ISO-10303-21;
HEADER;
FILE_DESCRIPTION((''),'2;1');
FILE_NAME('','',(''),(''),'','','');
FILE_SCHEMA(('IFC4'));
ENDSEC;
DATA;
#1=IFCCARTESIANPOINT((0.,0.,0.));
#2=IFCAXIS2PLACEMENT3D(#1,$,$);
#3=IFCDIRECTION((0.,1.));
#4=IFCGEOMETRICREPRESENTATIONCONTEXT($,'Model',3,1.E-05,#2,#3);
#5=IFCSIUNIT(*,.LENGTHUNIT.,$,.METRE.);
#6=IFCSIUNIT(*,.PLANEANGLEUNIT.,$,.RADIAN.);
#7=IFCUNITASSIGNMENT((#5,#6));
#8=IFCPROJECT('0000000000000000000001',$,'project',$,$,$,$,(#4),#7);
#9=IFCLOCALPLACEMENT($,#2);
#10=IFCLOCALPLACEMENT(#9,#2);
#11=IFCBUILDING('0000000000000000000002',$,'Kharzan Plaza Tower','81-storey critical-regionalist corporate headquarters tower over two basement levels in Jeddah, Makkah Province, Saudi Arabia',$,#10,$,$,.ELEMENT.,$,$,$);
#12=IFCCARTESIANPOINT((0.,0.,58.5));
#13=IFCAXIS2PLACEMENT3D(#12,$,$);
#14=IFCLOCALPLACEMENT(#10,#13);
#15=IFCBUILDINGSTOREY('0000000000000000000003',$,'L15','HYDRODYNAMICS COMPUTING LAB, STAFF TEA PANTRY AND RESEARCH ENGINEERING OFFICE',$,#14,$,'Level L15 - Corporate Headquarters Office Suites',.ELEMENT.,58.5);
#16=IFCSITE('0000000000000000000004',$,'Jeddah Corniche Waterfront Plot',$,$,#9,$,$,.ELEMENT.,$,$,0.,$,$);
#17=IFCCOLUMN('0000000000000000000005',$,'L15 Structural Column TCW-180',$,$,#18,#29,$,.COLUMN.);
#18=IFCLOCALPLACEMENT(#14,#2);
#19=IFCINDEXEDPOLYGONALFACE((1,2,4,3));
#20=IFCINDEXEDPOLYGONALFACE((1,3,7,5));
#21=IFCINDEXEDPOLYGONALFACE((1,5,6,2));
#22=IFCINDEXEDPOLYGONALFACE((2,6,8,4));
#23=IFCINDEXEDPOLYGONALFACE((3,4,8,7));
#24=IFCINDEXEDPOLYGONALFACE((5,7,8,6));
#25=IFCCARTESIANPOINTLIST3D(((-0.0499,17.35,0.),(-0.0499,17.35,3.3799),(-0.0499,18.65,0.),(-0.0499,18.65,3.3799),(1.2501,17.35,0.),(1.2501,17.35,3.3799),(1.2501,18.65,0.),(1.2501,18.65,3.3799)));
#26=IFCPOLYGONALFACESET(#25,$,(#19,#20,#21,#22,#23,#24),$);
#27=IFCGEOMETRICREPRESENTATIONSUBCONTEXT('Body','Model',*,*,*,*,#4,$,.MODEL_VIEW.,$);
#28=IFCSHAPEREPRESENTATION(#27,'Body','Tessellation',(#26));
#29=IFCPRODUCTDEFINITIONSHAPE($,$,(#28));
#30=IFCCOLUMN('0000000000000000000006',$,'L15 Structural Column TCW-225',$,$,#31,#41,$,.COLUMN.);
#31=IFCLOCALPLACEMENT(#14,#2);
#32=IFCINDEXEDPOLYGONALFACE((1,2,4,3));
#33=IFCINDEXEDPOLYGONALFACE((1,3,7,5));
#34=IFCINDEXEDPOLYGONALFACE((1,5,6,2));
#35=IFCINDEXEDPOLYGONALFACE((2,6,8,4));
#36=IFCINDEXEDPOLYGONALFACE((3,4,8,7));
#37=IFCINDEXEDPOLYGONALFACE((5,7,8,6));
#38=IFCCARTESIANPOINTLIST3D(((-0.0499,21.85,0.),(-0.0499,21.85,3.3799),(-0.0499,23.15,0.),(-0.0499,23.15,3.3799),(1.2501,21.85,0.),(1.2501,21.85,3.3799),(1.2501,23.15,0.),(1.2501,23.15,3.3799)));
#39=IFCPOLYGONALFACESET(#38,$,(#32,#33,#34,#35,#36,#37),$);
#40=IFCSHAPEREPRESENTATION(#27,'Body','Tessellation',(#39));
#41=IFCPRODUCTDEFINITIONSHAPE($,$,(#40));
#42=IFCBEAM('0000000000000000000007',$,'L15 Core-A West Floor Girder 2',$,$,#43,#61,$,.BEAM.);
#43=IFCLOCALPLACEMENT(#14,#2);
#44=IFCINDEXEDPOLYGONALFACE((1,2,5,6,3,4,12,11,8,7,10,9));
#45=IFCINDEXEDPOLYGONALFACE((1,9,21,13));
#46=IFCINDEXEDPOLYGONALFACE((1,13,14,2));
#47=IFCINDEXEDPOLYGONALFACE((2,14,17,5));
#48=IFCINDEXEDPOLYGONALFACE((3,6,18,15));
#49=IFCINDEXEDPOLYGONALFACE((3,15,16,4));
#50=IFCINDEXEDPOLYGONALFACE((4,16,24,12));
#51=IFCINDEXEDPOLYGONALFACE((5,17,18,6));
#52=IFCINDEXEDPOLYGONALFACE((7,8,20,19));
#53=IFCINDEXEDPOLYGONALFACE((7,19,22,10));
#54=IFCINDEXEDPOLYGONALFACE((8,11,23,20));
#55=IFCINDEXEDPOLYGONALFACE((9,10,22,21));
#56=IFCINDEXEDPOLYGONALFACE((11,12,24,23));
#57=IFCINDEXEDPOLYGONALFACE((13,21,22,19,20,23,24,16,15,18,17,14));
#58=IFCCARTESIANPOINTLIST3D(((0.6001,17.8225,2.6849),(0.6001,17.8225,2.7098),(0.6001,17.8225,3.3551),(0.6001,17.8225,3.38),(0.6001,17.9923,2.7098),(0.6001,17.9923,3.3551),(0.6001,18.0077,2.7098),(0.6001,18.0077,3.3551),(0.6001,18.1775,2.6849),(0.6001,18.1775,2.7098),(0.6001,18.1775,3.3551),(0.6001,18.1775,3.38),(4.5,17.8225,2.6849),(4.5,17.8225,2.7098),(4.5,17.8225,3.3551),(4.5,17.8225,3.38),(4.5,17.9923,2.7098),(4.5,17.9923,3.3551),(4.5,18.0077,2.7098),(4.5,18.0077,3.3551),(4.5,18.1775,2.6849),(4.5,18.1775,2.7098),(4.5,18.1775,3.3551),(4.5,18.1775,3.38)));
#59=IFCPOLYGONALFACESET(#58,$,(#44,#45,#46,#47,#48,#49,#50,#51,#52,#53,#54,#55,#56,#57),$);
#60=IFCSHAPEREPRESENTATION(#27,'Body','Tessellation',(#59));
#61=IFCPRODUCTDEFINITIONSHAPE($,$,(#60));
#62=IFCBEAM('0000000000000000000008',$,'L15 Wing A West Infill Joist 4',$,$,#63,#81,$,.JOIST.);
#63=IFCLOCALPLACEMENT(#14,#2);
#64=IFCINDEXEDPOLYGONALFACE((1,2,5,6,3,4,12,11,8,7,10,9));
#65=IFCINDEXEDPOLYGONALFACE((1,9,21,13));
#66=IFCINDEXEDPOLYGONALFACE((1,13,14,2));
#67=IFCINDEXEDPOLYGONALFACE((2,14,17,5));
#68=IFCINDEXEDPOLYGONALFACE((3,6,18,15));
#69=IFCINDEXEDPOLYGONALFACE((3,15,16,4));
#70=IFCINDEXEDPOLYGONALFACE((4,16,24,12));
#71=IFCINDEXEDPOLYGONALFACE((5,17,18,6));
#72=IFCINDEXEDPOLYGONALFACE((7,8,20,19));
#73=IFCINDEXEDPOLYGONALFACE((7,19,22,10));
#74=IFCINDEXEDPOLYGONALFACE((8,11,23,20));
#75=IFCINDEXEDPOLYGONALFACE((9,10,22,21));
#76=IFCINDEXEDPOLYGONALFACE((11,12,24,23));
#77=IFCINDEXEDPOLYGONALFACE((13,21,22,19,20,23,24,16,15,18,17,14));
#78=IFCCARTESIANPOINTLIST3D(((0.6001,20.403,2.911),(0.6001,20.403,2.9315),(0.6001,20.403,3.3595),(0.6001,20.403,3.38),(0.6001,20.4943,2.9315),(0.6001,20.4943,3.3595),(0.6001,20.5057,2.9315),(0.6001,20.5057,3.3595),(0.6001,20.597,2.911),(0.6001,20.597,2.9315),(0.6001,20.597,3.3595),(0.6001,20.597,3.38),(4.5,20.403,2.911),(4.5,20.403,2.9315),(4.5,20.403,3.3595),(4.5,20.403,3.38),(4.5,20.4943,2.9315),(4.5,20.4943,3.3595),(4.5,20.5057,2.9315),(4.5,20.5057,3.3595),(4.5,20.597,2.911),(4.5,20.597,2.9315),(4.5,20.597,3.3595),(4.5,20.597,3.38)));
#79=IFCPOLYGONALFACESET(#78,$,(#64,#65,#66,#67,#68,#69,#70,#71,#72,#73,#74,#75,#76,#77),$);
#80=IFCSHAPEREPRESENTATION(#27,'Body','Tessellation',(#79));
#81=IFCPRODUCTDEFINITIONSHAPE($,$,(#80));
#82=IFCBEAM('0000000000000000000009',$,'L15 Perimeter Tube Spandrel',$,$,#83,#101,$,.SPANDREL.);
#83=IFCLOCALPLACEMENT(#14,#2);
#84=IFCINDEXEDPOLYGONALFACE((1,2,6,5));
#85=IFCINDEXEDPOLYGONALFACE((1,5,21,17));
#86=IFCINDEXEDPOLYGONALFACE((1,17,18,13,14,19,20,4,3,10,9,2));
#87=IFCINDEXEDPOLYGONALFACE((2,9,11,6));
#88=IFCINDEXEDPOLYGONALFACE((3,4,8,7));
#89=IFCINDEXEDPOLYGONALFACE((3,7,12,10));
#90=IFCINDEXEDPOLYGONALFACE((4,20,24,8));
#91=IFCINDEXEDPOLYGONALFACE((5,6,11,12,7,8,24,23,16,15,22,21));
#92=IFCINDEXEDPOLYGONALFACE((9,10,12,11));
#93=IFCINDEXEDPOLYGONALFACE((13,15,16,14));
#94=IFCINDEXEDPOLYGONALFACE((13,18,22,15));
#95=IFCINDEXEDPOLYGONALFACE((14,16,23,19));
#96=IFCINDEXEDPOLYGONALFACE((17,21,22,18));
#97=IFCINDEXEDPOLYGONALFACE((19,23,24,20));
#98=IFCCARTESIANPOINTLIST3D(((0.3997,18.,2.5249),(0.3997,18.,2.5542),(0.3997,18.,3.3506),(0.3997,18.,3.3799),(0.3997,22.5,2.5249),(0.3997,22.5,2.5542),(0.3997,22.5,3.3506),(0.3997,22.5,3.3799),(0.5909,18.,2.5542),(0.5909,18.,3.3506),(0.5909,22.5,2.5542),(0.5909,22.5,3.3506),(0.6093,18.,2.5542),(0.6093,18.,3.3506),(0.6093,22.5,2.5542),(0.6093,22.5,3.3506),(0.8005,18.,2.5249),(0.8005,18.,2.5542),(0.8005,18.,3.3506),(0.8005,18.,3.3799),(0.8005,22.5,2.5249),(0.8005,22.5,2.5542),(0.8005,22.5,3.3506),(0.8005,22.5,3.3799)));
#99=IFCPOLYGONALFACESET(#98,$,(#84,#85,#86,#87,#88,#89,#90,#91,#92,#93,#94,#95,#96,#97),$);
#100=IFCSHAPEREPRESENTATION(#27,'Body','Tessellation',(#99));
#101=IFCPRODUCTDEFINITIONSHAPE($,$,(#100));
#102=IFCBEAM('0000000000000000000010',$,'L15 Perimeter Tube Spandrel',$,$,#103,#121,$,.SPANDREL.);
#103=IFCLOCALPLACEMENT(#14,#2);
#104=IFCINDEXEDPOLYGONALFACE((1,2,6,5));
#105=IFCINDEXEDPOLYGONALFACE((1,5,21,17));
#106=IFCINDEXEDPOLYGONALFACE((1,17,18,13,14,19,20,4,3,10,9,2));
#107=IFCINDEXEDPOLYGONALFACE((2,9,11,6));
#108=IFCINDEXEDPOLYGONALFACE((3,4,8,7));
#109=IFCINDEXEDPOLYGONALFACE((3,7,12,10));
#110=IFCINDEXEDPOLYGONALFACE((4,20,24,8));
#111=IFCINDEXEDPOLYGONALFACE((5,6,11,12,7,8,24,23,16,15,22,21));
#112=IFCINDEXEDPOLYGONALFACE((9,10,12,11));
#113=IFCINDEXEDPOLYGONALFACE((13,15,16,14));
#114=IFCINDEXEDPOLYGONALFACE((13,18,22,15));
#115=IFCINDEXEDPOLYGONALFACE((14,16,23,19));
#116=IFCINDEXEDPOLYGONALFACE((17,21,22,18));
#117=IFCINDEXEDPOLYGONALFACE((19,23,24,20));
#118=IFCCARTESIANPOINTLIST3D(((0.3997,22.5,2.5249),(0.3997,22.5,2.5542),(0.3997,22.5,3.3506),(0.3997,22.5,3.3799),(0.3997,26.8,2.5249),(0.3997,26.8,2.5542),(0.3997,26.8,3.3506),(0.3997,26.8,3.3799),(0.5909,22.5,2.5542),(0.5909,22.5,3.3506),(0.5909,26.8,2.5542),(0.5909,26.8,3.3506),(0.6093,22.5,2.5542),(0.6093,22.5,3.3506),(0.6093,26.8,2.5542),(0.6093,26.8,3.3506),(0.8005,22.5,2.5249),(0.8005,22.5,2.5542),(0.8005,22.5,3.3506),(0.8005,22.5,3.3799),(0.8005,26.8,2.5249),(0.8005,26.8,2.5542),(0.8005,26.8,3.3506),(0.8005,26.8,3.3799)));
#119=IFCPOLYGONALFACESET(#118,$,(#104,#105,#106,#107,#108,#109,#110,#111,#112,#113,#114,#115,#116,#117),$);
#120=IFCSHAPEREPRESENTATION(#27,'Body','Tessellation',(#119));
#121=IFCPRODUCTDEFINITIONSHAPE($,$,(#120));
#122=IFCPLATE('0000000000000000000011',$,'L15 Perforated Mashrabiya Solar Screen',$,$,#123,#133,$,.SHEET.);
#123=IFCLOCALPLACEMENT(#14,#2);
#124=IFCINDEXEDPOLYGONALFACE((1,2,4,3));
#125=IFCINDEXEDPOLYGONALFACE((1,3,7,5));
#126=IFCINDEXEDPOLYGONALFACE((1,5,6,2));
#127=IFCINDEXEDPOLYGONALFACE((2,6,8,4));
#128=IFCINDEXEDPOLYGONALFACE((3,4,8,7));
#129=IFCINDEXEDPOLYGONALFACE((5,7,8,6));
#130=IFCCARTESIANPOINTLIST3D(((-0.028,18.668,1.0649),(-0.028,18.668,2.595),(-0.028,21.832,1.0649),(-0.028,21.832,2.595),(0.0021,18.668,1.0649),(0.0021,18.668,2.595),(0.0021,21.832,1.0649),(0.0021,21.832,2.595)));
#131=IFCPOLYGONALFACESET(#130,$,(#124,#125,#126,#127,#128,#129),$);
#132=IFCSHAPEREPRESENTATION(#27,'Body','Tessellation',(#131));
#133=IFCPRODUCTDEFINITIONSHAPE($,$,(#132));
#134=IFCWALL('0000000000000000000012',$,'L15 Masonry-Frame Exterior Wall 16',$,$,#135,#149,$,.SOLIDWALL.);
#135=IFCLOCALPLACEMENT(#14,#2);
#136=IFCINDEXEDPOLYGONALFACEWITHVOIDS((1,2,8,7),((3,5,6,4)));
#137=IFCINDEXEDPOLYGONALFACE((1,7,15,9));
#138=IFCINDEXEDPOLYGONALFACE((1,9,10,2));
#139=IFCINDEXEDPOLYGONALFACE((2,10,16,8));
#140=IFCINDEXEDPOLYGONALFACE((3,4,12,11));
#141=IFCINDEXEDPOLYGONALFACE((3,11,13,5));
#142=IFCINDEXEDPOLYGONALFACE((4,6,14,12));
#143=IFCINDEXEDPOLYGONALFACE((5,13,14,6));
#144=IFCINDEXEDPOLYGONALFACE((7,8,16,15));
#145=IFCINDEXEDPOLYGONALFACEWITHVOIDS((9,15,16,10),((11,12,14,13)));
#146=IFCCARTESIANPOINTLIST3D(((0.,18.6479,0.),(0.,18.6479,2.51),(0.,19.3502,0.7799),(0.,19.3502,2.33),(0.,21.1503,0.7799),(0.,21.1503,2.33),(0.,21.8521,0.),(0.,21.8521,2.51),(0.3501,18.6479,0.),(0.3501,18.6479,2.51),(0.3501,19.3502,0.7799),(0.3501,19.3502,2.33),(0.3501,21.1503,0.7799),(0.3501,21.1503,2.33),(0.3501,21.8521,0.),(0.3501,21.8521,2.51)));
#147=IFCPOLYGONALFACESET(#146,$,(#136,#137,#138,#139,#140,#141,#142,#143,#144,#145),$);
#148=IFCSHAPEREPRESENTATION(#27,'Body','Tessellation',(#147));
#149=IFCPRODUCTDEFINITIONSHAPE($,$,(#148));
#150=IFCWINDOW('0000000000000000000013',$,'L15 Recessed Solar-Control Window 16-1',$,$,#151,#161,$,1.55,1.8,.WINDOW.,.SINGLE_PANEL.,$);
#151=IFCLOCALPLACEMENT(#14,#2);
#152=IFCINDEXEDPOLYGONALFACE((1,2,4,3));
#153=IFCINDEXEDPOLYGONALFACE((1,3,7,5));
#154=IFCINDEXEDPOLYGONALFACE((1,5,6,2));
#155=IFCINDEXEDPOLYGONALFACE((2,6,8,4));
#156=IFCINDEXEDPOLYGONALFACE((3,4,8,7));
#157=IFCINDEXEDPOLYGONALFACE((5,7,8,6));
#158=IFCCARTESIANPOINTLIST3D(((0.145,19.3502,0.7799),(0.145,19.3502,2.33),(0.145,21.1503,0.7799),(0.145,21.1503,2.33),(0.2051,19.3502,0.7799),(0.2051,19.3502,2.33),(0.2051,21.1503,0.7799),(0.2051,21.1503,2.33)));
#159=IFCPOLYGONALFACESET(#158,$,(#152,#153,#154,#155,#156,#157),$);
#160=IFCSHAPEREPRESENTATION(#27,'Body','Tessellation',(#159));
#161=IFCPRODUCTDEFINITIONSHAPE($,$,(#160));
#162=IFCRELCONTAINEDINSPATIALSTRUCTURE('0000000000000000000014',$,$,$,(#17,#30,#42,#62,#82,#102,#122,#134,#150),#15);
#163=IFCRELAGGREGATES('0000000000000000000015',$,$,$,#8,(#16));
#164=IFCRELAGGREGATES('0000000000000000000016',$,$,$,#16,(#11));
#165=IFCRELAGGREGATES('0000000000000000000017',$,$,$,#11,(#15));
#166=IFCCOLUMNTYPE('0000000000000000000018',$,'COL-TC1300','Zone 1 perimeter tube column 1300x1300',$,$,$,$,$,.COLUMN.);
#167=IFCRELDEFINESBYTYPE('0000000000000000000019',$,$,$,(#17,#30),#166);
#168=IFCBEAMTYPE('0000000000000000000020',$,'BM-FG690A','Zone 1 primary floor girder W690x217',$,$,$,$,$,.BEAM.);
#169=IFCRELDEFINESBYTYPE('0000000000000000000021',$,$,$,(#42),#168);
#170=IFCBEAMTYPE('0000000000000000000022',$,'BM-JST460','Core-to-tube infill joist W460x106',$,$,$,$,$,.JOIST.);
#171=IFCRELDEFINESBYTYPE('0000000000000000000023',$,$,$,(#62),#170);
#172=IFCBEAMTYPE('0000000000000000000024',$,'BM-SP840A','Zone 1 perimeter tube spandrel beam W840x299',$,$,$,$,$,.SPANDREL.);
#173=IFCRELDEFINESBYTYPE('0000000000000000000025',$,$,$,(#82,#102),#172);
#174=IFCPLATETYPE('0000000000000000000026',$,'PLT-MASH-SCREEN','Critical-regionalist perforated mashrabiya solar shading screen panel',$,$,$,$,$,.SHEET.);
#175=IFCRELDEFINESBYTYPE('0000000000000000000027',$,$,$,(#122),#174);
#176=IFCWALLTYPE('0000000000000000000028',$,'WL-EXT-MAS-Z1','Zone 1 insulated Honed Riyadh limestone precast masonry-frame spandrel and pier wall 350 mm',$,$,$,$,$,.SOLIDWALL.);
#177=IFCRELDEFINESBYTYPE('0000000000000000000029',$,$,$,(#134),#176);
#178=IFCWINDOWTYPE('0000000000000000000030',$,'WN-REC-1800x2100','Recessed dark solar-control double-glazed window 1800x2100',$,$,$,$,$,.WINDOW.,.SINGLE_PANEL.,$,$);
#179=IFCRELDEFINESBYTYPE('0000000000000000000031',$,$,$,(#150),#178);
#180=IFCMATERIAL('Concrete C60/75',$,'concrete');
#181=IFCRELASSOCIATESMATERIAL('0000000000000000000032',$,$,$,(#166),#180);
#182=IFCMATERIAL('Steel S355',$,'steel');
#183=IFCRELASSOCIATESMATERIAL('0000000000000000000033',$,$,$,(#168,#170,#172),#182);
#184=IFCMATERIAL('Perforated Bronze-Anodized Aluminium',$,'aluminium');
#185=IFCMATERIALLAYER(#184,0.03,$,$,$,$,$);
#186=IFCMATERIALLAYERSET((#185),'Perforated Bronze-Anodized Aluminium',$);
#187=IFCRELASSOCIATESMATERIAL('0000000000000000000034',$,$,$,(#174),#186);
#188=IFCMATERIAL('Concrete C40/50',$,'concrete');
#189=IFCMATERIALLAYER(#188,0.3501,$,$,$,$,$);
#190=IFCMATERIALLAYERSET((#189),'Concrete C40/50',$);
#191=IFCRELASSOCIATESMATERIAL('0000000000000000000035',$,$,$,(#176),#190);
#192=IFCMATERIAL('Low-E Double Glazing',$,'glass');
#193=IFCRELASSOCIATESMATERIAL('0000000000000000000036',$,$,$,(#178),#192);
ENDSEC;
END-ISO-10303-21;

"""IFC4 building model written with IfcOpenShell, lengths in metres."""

from ifc_helpers import new_model, si_unit, direction, frame, frame_2d, origin, origin_2d, place, context, subcontext, project, spatial, rectangle, i_section, extrude, source, transform, mapped, material, layer, layer_set, material_profile, profile_set, type_object, element, fill, save


model = new_model("IFC4")

# Units and contexts
model_context = context("Model", 3, precision=1e-05, world=origin(), true_north=direction((0.0, 1.0)))
body_context = subcontext(model_context, "Body", "Model", "MODEL_VIEW")
ifc_project = project(units=[si_unit("LENGTHUNIT", "METRE"), si_unit("PLANEANGLEUNIT", "RADIAN")], contexts=[model_context])

# Site, building, storey
site_placement = place(None, origin())
site = spatial("IfcSite", under=ifc_project, at=site_placement, Name="Jeddah Corniche Waterfront Plot", CompositionType="ELEMENT", RefElevation=0.0)
building_placement = place(site_placement, origin())
building = spatial("IfcBuilding", under=site, at=building_placement, Name="Kharzan Plaza Tower", Description="81-storey critical-regionalist corporate headquarters tower over two basement levels in Jeddah, Makkah Province, Saudi Arabia", CompositionType="ELEMENT")
storey_placement = place(building_placement, frame((0.0, 0.0, 58.5)))
storey = spatial("IfcBuildingStorey", under=building, at=storey_placement, Name="L15", Description="HYDRODYNAMICS COMPUTING LAB, STAFF TEA PANTRY AND RESEARCH ENGINEERING OFFICE", LongName="Level L15 - Corporate Headquarters Office Suites", CompositionType="ELEMENT", Elevation=58.5)

# Columns
ifc_material_1 = material(Name="Concrete C60/75", Category="concrete")
ifc_material_profile_1 = material_profile(ifc_material_1, rectangle(XDim=1.3, YDim=1.3, at=origin_2d()), Name="RC-TC1300x1300")
ifc_profile_set_1 = profile_set([ifc_material_profile_1], Name="Concrete C60/75")
column_type = type_object("IfcColumnType", Name="COL-TC1300", Description="Zone 1 perimeter tube column 1300x1300", PredefinedType="COLUMN", material=ifc_profile_set_1)
shared_shape_1 = source(origin(), body_context, "Body", "SweptSolid", [
    extrude(rectangle(XDim=1.3, YDim=1.3, at=origin_2d()), origin(), (0.0, 0.0, 1.0), 3.3799),
])
for number, where, z_axis, x_axis, name in (
    (1, (0.6001, 18.0, 0.0), (0.0, 0.0, 1.0), (1.0, 0.0, 0.0), "L15 Structural Column TCW-180"),
    (2, (0.6001, 22.5, 0.0), (0.0, 0.0, 1.0), (1.0, 0.0, 0.0), "L15 Structural Column TCW-225"),
):
    element("IfcColumn", number, at=place(storey_placement, frame(where, z_axis=z_axis, x_axis=x_axis)), inside=storey, type_object=column_type, Name=name, PredefinedType="COLUMN", context=body_context, shape_type="MappedRepresentation", body=[
        mapped(shared_shape_1, transform((0.0, 0.0, 0.0), x_axis=(1.0, 0.0, 0.0), y_axis=(0.0, 1.0, 0.0), z_axis=(0.0, 0.0, 1.0))),
    ])

# Beams
ifc_material_2 = material(Name="Steel S355", Category="steel")
ifc_material_profile_2 = material_profile(ifc_material_2, i_section(OverallWidth=0.355, OverallDepth=0.6951, WebThickness=0.0154, FlangeThickness=0.0249, at=origin_2d()), Name="W690x217")
ifc_profile_set_2 = profile_set([ifc_material_profile_2], Name="Steel S355")
beam_type_1 = type_object("IfcBeamType", Name="BM-FG690A", Description="Zone 1 primary floor girder W690x217", PredefinedType="BEAM", material=ifc_profile_set_2)
shared_shape_2 = source(origin(), body_context, "Body", "SweptSolid", [
    extrude(i_section(OverallWidth=0.355, OverallDepth=0.6951, WebThickness=0.0154, FlangeThickness=0.0249, at=origin_2d()), origin(), (0.0, 0.0, 1.0), 3.8999),
])
beam_1_placement = place(storey_placement, frame((0.6001, 18.0, 3.0325), z_axis=(1.0, 0.0, 0.0), x_axis=(0.0, 1.0, 0.0)))
element("IfcBeam", 3, at=beam_1_placement, inside=storey, type_object=beam_type_1, Name="L15 Core-A West Floor Girder 2", PredefinedType="BEAM", context=body_context, shape_type="MappedRepresentation", body=[
    mapped(shared_shape_2, transform((0.0, 0.0, 0.0), x_axis=(1.0, 0.0, 0.0), y_axis=(0.0, 1.0, 0.0), z_axis=(0.0, 0.0, 1.0))),
])
ifc_material_profile_3 = material_profile(ifc_material_2, i_section(OverallWidth=0.1941, OverallDepth=0.469, WebThickness=0.0115, FlangeThickness=0.0205, at=origin_2d()), Name="W460x106")
ifc_profile_set_3 = profile_set([ifc_material_profile_3], Name="Steel S355")
beam_type_2 = type_object("IfcBeamType", Name="BM-JST460", Description="Core-to-tube infill joist W460x106", PredefinedType="JOIST", material=ifc_profile_set_3)
shared_shape_3 = source(origin(), body_context, "Body", "SweptSolid", [
    extrude(i_section(OverallWidth=0.1941, OverallDepth=0.469, WebThickness=0.0115, FlangeThickness=0.0205, at=origin_2d()), origin(), (0.0, 0.0, 1.0), 3.8999),
])
beam_2_placement = place(storey_placement, frame((0.6001, 20.5, 3.1455), z_axis=(1.0, 0.0, 0.0), x_axis=(0.0, 1.0, 0.0)))
element("IfcBeam", 4, at=beam_2_placement, inside=storey, type_object=beam_type_2, Name="L15 Wing A West Infill Joist 4", PredefinedType="JOIST", context=body_context, shape_type="MappedRepresentation", body=[
    mapped(shared_shape_3, transform((0.0, 0.0, 0.0), x_axis=(1.0, 0.0, 0.0), y_axis=(0.0, 1.0, 0.0), z_axis=(0.0, 0.0, 1.0))),
])
ifc_material_profile_4 = material_profile(ifc_material_2, i_section(OverallWidth=0.4009, OverallDepth=0.855, WebThickness=0.0183, FlangeThickness=0.0293, at=origin_2d()), Name="W840x299")
ifc_profile_set_4 = profile_set([ifc_material_profile_4], Name="Steel S355")
beam_type_3 = type_object("IfcBeamType", Name="BM-SP840A", Description="Zone 1 perimeter tube spandrel beam W840x299", PredefinedType="SPANDREL", material=ifc_profile_set_4)
shared_shape_4 = source(origin(), body_context, "Body", "SweptSolid", [
    extrude(i_section(OverallWidth=0.4009, OverallDepth=0.855, WebThickness=0.0183, FlangeThickness=0.0293, at=origin_2d()), origin(), (0.0, 0.0, 1.0), 4.5),
])
beam_3_placement = place(storey_placement, frame((0.6001, 18.0, 2.9524), z_axis=(0.0, 1.0, 0.0), x_axis=(-1.0, 0.0, 0.0)))
element("IfcBeam", 5, at=beam_3_placement, inside=storey, type_object=beam_type_3, Name="L15 Perimeter Tube Spandrel", PredefinedType="SPANDREL", context=body_context, shape_type="MappedRepresentation", body=[
    mapped(shared_shape_4, transform((0.0, 0.0, 0.0), x_axis=(1.0, 0.0, 0.0), y_axis=(0.0, 1.0, 0.0), z_axis=(0.0, 0.0, 1.0))),
])
shared_shape_5 = source(origin(), body_context, "Body", "SweptSolid", [
    extrude(i_section(OverallWidth=0.4009, OverallDepth=0.855, WebThickness=0.0183, FlangeThickness=0.0293, at=origin_2d()), origin(), (0.0, 0.0, 1.0), 4.3),
])
beam_4_placement = place(storey_placement, frame((0.6001, 22.5, 2.9524), z_axis=(0.0, 1.0, 0.0), x_axis=(-1.0, 0.0, 0.0)))
element("IfcBeam", 6, at=beam_4_placement, inside=storey, type_object=beam_type_3, Name="L15 Perimeter Tube Spandrel", PredefinedType="SPANDREL", context=body_context, shape_type="MappedRepresentation", body=[
    mapped(shared_shape_5, transform((0.0, 0.0, 0.0), x_axis=(1.0, 0.0, 0.0), y_axis=(0.0, 1.0, 0.0), z_axis=(0.0, 0.0, 1.0))),
])

# Plate
ifc_material_3 = material(Name="Perforated Bronze-Anodized Aluminium", Category="aluminium")
ifc_layer_1 = layer(ifc_material_3, 0.03)
ifc_layer_set_1 = layer_set([ifc_layer_1], Name="Perforated Bronze-Anodized Aluminium")
plate_type = type_object("IfcPlateType", Name="PLT-MASH-SCREEN", Description="Critical-regionalist perforated mashrabiya solar shading screen panel", PredefinedType="SHEET", material=ifc_layer_set_1)
shared_shape_6 = source(origin(), body_context, "Body", "SweptSolid", [
    extrude(rectangle(XDim=3.1641, YDim=0.03, at=origin_2d()), origin(), (0.0, 0.0, 1.0), 1.53),
])
plate_placement = place(storey_placement, frame((-0.0129, 20.25, 1.0649), z_axis=(0.0, 0.0, 1.0), x_axis=(0.0, -1.0, 0.0)))
element("IfcPlate", 7, at=plate_placement, inside=storey, type_object=plate_type, Name="L15 Perforated Mashrabiya Solar Screen", PredefinedType="SHEET", context=body_context, shape_type="MappedRepresentation", body=[
    mapped(shared_shape_6, transform((0.0, 0.0, 0.0), x_axis=(1.0, 0.0, 0.0), y_axis=(0.0, 1.0, 0.0), z_axis=(0.0, 0.0, 1.0))),
])

# Wall, opening, window
ifc_material_4 = material(Name="Concrete C40/50", Category="concrete")
ifc_layer_2 = layer(ifc_material_4, 0.3501)
ifc_layer_set_2 = layer_set([ifc_layer_2], Name="Concrete C40/50")
wall_type_1 = type_object("IfcWallType", Name="WL-EXT-MAS-Z1", Description="Zone 1 insulated Honed Riyadh limestone precast masonry-frame spandrel and pier wall 350 mm", PredefinedType="SOLIDWALL", material=ifc_layer_set_2)
wall_1_placement = place(storey_placement, frame((0.175, 21.8521, 0.0), z_axis=(0.0, 0.0, 1.0), x_axis=(0.0, -1.0, 0.0)))
wall_1 = element("IfcWall", 8, at=wall_1_placement, inside=storey, type_object=wall_type_1, Name="L15 Masonry-Frame Exterior Wall 16", PredefinedType="SOLIDWALL", context=body_context, shape_type="SweptSolid", body=[
    extrude(rectangle(XDim=3.2041, YDim=0.3501, at=frame_2d((1.6021, 0.0))), origin(), (0.0, 0.0, 1.0), 2.51),
])
opening_1_placement = place(wall_1_placement, frame((0.7019, 0.0, 0.78)))
opening_1 = element("IfcOpeningElement", 9, at=opening_1_placement, cuts=wall_1, PredefinedType="OPENING", context=body_context, shape_type="SweptSolid", body=[
    extrude(rectangle(XDim=1.8, YDim=1.55, at=frame_2d((0.8999, 0.7749))), frame((0.0, 0.1851, 0.0), z_axis=(0.0, -1.0, 0.0), x_axis=(1.0, 0.0, 0.0)), (0.0, 0.0, 1.0), 0.3701),
])
ifc_material_5 = material(Name="Low-E Double Glazing", Category="glass")
window_type_1 = type_object("IfcWindowType", Name="WN-REC-1800x2100", Description="Recessed dark solar-control double-glazed window 1800x2100", PartitioningType="SINGLE_PANEL", PredefinedType="WINDOW", material=ifc_material_5)
shared_shape_7 = source(origin(), body_context, "Body", "SweptSolid", [
    extrude(rectangle(XDim=1.8, YDim=1.55, at=frame_2d((0.8999, 0.7749))), frame((0.0, 0.03, 0.0), z_axis=(0.0, -1.0, 0.0), x_axis=(1.0, 0.0, 0.0)), (0.0, 0.0, 1.0), 0.0601),
])
window_1_placement = place(opening_1_placement, origin())
window_1 = element("IfcWindow", 10, at=window_1_placement, inside=storey, type_object=window_type_1, Name="L15 Recessed Solar-Control Window 16-1", OverallHeight=1.55, OverallWidth=1.8, PartitioningType="SINGLE_PANEL", PredefinedType="WINDOW", context=body_context, shape_type="MappedRepresentation", body=[
    mapped(shared_shape_7, transform((0.0, 0.0, 0.0), x_axis=(1.0, 0.0, 0.0), y_axis=(0.0, 1.0, 0.0), z_axis=(0.0, 0.0, 1.0))),
])
fill(opening_1, window_1)

save(model, "model.ifc")
